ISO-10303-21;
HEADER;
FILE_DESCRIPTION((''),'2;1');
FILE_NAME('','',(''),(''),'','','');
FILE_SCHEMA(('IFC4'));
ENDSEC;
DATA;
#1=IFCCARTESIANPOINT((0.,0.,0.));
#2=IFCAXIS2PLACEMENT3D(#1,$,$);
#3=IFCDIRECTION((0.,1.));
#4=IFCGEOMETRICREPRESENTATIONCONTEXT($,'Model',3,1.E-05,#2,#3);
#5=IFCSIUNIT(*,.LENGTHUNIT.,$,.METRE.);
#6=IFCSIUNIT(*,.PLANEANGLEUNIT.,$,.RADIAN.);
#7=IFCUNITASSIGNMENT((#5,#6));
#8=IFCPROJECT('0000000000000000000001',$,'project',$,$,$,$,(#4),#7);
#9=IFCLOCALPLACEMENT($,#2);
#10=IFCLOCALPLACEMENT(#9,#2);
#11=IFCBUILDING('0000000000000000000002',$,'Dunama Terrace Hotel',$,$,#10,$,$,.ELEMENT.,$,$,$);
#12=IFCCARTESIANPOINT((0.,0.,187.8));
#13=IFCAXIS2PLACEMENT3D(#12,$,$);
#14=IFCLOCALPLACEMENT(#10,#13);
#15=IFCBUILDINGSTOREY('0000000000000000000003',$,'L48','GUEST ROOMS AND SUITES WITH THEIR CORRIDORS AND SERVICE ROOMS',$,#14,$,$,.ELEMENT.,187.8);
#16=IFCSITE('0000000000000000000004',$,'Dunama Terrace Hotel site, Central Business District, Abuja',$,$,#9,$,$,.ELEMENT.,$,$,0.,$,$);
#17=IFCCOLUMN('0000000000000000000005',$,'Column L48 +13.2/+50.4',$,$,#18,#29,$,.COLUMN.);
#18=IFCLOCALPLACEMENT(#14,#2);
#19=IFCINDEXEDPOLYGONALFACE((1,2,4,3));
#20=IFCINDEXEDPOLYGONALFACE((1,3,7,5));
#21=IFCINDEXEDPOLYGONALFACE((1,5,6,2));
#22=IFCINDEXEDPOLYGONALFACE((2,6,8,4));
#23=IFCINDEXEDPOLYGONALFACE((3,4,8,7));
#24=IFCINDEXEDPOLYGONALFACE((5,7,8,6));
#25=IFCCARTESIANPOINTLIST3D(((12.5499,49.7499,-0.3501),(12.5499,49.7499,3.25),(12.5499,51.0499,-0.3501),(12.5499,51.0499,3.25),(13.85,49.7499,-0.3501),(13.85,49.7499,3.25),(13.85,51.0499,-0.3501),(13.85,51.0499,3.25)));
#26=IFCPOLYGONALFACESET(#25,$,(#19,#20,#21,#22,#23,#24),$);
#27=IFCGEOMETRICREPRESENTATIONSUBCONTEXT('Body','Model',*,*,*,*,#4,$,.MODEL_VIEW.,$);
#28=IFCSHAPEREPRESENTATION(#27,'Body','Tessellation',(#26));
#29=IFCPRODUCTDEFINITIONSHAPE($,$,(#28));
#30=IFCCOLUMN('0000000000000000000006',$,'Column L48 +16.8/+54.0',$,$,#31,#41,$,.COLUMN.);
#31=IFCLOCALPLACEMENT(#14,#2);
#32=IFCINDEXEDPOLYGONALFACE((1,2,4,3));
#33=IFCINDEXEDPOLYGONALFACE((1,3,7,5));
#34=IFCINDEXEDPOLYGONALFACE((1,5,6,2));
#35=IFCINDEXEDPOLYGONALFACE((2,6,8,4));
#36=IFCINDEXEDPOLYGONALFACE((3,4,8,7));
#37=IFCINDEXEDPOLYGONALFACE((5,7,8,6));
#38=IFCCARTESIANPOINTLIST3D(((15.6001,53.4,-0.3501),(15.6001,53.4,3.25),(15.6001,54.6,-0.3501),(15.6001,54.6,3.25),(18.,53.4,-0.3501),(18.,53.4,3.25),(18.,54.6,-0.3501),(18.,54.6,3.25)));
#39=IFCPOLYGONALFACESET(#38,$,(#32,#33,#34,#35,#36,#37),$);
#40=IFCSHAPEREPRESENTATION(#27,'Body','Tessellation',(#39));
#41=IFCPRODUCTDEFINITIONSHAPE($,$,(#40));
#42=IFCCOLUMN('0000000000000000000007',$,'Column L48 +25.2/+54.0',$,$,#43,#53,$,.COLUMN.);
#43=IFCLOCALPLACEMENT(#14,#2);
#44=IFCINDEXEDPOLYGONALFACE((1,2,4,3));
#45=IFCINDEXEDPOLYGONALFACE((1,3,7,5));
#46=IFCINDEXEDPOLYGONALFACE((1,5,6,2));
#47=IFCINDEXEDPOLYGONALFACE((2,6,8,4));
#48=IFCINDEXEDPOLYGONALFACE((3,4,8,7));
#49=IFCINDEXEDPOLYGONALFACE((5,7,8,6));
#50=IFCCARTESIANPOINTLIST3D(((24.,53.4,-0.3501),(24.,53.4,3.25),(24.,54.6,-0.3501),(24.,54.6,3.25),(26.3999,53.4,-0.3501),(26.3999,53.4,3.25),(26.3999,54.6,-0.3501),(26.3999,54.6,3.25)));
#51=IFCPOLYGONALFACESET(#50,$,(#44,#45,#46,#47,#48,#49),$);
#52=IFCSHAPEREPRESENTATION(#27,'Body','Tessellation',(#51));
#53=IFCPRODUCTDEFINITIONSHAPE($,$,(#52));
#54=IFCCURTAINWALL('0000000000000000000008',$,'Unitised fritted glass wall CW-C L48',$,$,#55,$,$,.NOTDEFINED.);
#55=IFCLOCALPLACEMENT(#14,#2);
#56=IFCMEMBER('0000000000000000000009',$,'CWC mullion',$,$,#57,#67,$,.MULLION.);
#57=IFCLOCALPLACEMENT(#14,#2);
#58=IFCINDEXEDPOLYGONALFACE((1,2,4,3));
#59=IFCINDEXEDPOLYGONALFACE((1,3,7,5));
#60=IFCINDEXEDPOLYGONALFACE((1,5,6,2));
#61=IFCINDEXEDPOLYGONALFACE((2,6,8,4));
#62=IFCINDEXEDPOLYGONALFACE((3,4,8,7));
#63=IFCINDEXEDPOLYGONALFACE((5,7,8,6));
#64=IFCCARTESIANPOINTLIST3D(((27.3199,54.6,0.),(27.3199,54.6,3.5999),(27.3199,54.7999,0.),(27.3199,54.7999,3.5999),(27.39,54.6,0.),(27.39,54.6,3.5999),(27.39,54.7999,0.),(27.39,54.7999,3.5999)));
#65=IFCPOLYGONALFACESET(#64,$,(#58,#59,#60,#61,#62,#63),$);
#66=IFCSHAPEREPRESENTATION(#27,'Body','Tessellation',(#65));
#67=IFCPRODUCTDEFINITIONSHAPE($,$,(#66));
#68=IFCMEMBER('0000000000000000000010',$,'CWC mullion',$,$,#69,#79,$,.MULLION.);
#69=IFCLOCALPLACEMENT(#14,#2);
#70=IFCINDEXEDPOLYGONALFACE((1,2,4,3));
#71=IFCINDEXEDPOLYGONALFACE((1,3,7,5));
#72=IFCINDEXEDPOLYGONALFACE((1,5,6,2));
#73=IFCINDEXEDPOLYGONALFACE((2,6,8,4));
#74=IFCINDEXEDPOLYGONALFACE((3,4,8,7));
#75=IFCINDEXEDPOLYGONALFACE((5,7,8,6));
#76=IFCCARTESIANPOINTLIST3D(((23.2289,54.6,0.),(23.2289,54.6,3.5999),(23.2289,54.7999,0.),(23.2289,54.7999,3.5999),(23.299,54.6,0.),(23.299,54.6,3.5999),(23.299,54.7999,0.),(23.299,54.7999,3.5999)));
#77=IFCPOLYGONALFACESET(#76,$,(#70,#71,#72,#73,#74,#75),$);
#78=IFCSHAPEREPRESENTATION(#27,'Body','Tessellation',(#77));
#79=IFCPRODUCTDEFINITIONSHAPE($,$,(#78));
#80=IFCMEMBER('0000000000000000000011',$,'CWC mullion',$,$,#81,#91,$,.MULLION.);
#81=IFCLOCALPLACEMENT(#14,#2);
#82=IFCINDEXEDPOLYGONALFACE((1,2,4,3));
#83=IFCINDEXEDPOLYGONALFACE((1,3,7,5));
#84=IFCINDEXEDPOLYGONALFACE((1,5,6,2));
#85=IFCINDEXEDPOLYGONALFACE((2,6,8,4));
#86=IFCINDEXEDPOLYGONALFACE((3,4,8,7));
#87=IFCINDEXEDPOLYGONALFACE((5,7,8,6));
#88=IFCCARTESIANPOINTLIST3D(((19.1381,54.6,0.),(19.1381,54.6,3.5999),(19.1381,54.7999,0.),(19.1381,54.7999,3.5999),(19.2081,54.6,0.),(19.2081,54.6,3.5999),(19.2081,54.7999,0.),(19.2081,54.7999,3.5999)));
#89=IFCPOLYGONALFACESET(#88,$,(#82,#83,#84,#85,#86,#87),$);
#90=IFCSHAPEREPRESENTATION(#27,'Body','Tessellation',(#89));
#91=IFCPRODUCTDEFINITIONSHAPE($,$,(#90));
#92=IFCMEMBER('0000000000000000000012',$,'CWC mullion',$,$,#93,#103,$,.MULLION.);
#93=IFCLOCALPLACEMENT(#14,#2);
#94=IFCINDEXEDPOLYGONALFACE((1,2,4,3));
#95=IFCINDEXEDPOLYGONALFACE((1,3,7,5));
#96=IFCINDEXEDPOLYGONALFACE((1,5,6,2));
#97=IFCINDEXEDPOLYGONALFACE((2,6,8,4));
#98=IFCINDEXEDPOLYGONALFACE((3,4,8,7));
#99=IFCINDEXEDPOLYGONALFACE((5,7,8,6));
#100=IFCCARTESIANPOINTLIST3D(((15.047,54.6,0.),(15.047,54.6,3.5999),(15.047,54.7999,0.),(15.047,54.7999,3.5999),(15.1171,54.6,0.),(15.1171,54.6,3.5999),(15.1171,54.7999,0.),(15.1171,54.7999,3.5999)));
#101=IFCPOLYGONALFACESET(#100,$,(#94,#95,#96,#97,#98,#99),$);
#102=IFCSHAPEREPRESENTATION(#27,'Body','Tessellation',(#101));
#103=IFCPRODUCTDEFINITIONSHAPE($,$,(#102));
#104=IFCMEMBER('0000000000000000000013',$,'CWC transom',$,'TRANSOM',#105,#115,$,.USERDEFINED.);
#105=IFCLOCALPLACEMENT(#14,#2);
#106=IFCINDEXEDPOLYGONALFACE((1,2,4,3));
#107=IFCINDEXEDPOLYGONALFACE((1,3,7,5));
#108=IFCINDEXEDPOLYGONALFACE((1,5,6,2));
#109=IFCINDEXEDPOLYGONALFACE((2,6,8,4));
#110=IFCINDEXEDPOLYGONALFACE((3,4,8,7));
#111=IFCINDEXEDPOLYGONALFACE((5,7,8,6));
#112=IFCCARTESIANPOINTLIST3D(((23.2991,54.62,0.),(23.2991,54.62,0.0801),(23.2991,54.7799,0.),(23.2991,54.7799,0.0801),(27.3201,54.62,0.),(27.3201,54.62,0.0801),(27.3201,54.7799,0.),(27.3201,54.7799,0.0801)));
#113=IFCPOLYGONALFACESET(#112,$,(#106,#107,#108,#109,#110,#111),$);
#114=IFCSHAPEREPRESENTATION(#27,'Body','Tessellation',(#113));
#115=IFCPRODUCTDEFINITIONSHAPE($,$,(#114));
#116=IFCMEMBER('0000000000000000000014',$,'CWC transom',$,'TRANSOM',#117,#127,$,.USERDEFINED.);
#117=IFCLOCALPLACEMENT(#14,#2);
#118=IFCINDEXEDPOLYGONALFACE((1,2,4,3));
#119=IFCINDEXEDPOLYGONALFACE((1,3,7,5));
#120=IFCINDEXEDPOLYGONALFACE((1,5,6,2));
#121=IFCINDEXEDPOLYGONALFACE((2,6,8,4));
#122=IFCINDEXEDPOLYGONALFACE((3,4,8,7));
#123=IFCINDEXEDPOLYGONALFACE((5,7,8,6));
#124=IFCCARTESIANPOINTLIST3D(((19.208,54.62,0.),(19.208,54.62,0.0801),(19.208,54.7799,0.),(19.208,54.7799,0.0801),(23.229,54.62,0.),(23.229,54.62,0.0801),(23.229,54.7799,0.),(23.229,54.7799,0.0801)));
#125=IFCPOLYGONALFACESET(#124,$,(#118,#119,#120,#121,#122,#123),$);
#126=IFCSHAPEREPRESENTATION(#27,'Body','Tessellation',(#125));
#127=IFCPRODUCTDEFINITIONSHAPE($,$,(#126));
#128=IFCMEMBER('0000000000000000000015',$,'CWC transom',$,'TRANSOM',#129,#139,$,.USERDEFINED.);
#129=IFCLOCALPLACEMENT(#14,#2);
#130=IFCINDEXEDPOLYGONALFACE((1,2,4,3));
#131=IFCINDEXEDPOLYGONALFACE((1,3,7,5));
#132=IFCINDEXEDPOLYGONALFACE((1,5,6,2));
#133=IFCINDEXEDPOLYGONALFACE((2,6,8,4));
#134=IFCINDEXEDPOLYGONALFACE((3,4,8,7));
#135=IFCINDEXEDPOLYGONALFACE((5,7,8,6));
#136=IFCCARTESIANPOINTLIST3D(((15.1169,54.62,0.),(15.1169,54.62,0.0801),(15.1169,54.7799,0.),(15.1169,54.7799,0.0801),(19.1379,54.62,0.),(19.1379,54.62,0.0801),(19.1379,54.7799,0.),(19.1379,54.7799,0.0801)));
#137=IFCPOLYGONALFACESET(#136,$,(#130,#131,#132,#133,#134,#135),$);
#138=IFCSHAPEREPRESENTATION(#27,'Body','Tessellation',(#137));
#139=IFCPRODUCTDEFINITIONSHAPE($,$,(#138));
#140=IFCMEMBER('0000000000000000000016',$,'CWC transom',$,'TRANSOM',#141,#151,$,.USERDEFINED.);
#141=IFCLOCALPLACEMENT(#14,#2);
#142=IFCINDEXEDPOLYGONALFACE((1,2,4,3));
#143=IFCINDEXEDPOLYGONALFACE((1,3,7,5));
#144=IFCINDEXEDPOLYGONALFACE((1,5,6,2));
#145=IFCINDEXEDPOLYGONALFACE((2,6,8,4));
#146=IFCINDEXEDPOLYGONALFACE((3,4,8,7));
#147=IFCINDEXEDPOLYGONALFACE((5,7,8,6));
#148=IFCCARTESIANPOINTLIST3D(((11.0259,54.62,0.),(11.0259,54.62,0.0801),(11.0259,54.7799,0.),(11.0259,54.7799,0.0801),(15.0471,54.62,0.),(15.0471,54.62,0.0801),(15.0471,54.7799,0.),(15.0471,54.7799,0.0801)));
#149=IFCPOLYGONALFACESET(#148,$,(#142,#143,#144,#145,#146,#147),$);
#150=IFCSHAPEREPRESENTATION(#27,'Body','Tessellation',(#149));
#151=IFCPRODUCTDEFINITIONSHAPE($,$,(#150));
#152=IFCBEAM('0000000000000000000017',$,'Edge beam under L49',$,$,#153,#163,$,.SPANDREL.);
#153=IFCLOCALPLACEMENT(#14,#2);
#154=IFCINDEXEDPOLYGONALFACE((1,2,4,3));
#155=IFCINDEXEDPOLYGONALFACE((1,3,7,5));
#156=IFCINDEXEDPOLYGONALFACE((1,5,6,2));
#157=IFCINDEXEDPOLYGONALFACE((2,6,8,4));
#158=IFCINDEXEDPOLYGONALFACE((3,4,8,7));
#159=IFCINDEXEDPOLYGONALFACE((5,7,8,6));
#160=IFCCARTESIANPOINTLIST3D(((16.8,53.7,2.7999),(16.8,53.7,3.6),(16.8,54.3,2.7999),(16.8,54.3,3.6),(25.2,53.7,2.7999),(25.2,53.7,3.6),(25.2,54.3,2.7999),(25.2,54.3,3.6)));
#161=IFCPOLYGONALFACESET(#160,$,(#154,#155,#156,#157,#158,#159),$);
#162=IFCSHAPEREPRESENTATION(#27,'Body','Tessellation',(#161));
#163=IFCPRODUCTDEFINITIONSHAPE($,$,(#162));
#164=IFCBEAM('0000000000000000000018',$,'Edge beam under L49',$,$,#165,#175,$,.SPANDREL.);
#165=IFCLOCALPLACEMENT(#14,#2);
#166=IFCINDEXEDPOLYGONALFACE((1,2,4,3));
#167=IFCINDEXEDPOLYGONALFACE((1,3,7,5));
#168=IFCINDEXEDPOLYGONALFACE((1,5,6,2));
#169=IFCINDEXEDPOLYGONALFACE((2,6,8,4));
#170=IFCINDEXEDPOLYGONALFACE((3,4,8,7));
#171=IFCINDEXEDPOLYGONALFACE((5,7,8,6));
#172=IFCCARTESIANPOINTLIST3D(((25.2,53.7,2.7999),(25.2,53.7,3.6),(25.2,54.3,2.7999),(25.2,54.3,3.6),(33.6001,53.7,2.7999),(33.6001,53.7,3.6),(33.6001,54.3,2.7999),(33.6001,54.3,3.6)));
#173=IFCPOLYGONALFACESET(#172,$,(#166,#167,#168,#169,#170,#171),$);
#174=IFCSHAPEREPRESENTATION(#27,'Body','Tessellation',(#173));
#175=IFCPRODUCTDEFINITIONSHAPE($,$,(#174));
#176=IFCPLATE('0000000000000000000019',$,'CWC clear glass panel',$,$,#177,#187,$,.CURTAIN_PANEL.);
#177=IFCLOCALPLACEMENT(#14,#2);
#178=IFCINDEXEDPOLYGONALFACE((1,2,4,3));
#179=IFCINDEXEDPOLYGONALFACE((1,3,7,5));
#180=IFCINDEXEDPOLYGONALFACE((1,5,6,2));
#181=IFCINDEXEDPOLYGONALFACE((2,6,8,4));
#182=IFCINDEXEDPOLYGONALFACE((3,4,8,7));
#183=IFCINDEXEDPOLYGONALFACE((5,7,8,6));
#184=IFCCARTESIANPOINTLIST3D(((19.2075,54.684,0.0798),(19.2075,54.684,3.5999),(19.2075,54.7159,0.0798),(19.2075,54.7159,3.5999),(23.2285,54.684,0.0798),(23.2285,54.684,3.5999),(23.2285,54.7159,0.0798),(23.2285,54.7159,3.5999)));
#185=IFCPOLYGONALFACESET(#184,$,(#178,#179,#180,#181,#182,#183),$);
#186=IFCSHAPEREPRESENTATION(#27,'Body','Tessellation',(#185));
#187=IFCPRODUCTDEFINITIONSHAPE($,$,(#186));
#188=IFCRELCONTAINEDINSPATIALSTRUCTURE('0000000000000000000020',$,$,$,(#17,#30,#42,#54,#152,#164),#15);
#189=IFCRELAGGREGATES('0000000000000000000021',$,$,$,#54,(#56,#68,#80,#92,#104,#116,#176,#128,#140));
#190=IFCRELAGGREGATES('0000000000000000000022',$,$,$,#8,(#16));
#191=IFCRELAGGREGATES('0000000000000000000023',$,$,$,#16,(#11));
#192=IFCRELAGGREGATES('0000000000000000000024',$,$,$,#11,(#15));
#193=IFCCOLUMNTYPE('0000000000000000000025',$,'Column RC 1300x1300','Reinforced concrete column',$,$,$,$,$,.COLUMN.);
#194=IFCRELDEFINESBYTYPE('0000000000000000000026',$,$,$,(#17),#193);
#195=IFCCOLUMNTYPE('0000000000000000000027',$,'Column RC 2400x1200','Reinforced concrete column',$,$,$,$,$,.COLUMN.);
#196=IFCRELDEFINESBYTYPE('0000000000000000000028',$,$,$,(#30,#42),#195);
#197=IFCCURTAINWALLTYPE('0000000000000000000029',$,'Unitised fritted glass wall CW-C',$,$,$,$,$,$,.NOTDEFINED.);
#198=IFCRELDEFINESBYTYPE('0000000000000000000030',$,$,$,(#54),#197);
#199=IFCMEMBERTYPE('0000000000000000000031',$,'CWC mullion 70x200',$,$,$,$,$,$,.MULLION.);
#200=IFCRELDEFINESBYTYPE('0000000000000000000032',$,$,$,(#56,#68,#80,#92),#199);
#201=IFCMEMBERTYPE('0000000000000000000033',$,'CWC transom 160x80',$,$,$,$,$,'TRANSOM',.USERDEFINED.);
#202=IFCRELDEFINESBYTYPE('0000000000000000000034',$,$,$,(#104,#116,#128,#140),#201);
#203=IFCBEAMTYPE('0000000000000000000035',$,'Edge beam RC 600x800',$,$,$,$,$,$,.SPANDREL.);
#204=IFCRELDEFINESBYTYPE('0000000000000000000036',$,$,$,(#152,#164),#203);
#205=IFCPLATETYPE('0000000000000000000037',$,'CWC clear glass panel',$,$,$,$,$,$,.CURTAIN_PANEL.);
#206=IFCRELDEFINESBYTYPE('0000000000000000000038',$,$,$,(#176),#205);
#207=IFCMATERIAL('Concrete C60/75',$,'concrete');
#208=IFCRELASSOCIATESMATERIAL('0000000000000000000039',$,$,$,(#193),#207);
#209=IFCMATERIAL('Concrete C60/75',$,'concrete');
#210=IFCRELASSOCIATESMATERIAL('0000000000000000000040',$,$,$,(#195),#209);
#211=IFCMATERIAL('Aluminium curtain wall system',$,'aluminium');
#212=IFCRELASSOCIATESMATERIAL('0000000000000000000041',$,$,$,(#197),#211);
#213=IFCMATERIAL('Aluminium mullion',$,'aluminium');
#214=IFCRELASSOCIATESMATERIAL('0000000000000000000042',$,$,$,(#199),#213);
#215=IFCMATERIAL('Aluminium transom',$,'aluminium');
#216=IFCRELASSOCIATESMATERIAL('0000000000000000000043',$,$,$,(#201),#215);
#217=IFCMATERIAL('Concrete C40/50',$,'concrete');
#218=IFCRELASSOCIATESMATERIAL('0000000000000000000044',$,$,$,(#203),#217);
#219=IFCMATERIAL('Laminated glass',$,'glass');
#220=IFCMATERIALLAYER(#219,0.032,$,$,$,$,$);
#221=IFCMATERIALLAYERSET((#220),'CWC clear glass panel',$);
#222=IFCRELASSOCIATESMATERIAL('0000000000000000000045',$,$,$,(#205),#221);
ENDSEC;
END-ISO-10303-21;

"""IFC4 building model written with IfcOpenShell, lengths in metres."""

from ifc_helpers import new_model, si_unit, direction, frame, origin, origin_2d, place, context, subcontext, project, spatial, rectangle, extrude, material, layer, layer_set, material_profile, profile_set, type_object, element, aggregate, save


model = new_model("IFC4")

# Units and contexts
model_context = context("Model", 3, precision=1e-05, world=origin(), true_north=direction((0.0, 1.0)))
body_context = subcontext(model_context, "Body", "Model", "MODEL_VIEW")
ifc_project = project(units=[si_unit("LENGTHUNIT", "METRE"), si_unit("PLANEANGLEUNIT", "RADIAN")], contexts=[model_context])

# Site, building, storey
site_placement = place(None, origin())
site = spatial("IfcSite", under=ifc_project, at=site_placement, Name="Dunama Terrace Hotel site, Central Business District, Abuja", CompositionType="ELEMENT", RefElevation=0.0)
building_placement = place(site_placement, origin())
building = spatial("IfcBuilding", under=site, at=building_placement, Name="Dunama Terrace Hotel", CompositionType="ELEMENT")
storey_placement = place(building_placement, frame((0.0, 0.0, 187.8)))
storey = spatial("IfcBuildingStorey", under=building, at=storey_placement, Name="L48", Description="GUEST ROOMS AND SUITES WITH THEIR CORRIDORS AND SERVICE ROOMS", CompositionType="ELEMENT", Elevation=187.8)

# Columns
ifc_material_1 = material(Name="Concrete C60/75", Category="concrete")
ifc_material_profile_1 = material_profile(ifc_material_1, rectangle(XDim=1.3, YDim=1.3, at=origin_2d()), Name="RC 1300x1300")
ifc_profile_set_1 = profile_set([ifc_material_profile_1], Name="Concrete C60/75")
column_type_1 = type_object("IfcColumnType", Name="Column RC 1300x1300", Description="Reinforced concrete column", PredefinedType="COLUMN", material=ifc_profile_set_1)
column_placement = place(storey_placement, frame((13.2, 50.3999, -0.3501), z_axis=(0.0, 0.0, 1.0), x_axis=(1.0, 0.0, 0.0)))
element("IfcColumn", 1, at=column_placement, inside=storey, type_object=column_type_1, Name="Column L48 +13.2/+50.4", PredefinedType="COLUMN", context=body_context, shape_type="SweptSolid", body=[
    extrude(rectangle(XDim=1.3, YDim=1.3, at=origin_2d()), origin(), (0.0, 0.0, 1.0), 3.6001),
])
ifc_material_2 = material(Name="Concrete C60/75", Category="concrete")
ifc_material_profile_2 = material_profile(ifc_material_2, rectangle(XDim=2.3999, YDim=1.2, at=origin_2d()), Name="RC 2400x1200")
ifc_profile_set_2 = profile_set([ifc_material_profile_2], Name="Concrete C60/75")
column_type_2 = type_object("IfcColumnType", Name="Column RC 2400x1200", Description="Reinforced concrete column", PredefinedType="COLUMN", material=ifc_profile_set_2)
for number, where, z_axis, x_axis, name in (
    (2, (16.8, 54.0, -0.3501), (0.0, 0.0, 1.0), (1.0, 0.0, 0.0), "Column L48 +16.8/+54.0"),
    (3, (25.2, 54.0, -0.3501), (0.0, 0.0, 1.0), (1.0, 0.0, 0.0), "Column L48 +25.2/+54.0"),
):
    element("IfcColumn", number, at=place(storey_placement, frame(where, z_axis=z_axis, x_axis=x_axis)), inside=storey, type_object=column_type_2, Name=name, PredefinedType="COLUMN", context=body_context, shape_type="SweptSolid", body=[
        extrude(rectangle(XDim=2.3999, YDim=1.2, at=origin_2d()), origin(), (0.0, 0.0, 1.0), 3.6001),
    ])

# Curtain wall, members
ifc_material_3 = material(Name="Aluminium curtain wall system", Category="aluminium")
curtain_wall_type = type_object("IfcCurtainWallType", Name="Unitised fritted glass wall CW-C", PredefinedType="NOTDEFINED", material=ifc_material_3)
curtain_wall_placement = place(storey_placement, origin())
curtain_wall = element("IfcCurtainWall", 4, at=curtain_wall_placement, inside=storey, type_object=curtain_wall_type, Name="Unitised fritted glass wall CW-C L48", PredefinedType="NOTDEFINED")
ifc_material_4 = material(Name="Aluminium mullion", Category="aluminium")
ifc_material_profile_3 = material_profile(ifc_material_4, rectangle(XDim=0.0701, YDim=0.2, at=origin_2d()), Name="CWC MULLION 70X200")
ifc_profile_set_3 = profile_set([ifc_material_profile_3], Name="Aluminium mullion")
member_type_1 = type_object("IfcMemberType", Name="CWC mullion 70x200", PredefinedType="MULLION", material=ifc_profile_set_3)
member_1_placement = place(storey_placement, frame((27.355, 54.7, 0.0), z_axis=(0.0, 0.0, 1.0), x_axis=(-1.0, 0.0, 0.0)))
member_1 = element("IfcMember", 5, at=member_1_placement, type_object=member_type_1, Name="CWC mullion", PredefinedType="MULLION", context=body_context, shape_type="SweptSolid", body=[
    extrude(rectangle(XDim=0.0701, YDim=0.2, at=origin_2d()), origin(), (0.0, 0.0, 1.0), 3.5999),
])
member_2_placement = place(storey_placement, frame((23.2639, 54.7, 0.0), z_axis=(0.0, 0.0, 1.0), x_axis=(-1.0, 0.0, 0.0)))
member_2 = element("IfcMember", 6, at=member_2_placement, type_object=member_type_1, Name="CWC mullion", PredefinedType="MULLION", context=body_context, shape_type="SweptSolid", body=[
    extrude(rectangle(XDim=0.0701, YDim=0.2, at=origin_2d()), origin(), (0.0, 0.0, 1.0), 3.5999),
])
member_3_placement = place(storey_placement, frame((19.1731, 54.7, 0.0), z_axis=(0.0, 0.0, 1.0), x_axis=(-1.0, 0.0, 0.0)))
member_3 = element("IfcMember", 7, at=member_3_placement, type_object=member_type_1, Name="CWC mullion", PredefinedType="MULLION", context=body_context, shape_type="SweptSolid", body=[
    extrude(rectangle(XDim=0.0701, YDim=0.2, at=origin_2d()), origin(), (0.0, 0.0, 1.0), 3.5999),
])
member_4_placement = place(storey_placement, frame((15.082, 54.7, 0.0), z_axis=(0.0, 0.0, 1.0), x_axis=(-1.0, 0.0, 0.0)))
member_4 = element("IfcMember", 8, at=member_4_placement, type_object=member_type_1, Name="CWC mullion", PredefinedType="MULLION", context=body_context, shape_type="SweptSolid", body=[
    extrude(rectangle(XDim=0.0701, YDim=0.2, at=origin_2d()), origin(), (0.0, 0.0, 1.0), 3.5999),
])
ifc_material_5 = material(Name="Aluminium transom", Category="aluminium")
ifc_material_profile_4 = material_profile(ifc_material_5, rectangle(XDim=0.1599, YDim=0.0801, at=origin_2d()), Name="CWC TRANSOM 160X80")
ifc_profile_set_4 = profile_set([ifc_material_profile_4], Name="Aluminium transom")
member_type_2 = type_object("IfcMemberType", Name="CWC transom 160x80", ElementType="TRANSOM", PredefinedType="USERDEFINED", material=ifc_profile_set_4)
member_5_placement = place(storey_placement, frame((27.3201, 54.7, 0.04), z_axis=(-1.0, 0.0, 0.0), x_axis=(0.0, -1.0, 0.0)))
member_5 = element("IfcMember", 9, at=member_5_placement, type_object=member_type_2, Name="CWC transom", ObjectType="TRANSOM", PredefinedType="USERDEFINED", context=body_context, shape_type="SweptSolid", body=[
    extrude(rectangle(XDim=0.1599, YDim=0.0801, at=origin_2d()), origin(), (0.0, 0.0, 1.0), 4.021),
])
member_6_placement = place(storey_placement, frame((23.229, 54.7, 0.04), z_axis=(-1.0, 0.0, 0.0), x_axis=(0.0, -1.0, 0.0)))
member_6 = element("IfcMember", 10, at=member_6_placement, type_object=member_type_2, Name="CWC transom", ObjectType="TRANSOM", PredefinedType="USERDEFINED", context=body_context, shape_type="SweptSolid", body=[
    extrude(rectangle(XDim=0.1599, YDim=0.0801, at=origin_2d()), origin(), (0.0, 0.0, 1.0), 4.021),
])
member_7_placement = place(storey_placement, frame((19.1379, 54.7, 0.04), z_axis=(-1.0, 0.0, 0.0), x_axis=(0.0, -1.0, 0.0)))
member_7 = element("IfcMember", 11, at=member_7_placement, type_object=member_type_2, Name="CWC transom", ObjectType="TRANSOM", PredefinedType="USERDEFINED", context=body_context, shape_type="SweptSolid", body=[
    extrude(rectangle(XDim=0.1599, YDim=0.0801, at=origin_2d()), origin(), (0.0, 0.0, 1.0), 4.021),
])
member_8_placement = place(storey_placement, frame((15.0471, 54.7, 0.04), z_axis=(-1.0, 0.0, 0.0), x_axis=(0.0, -1.0, 0.0)))
member_8 = element("IfcMember", 12, at=member_8_placement, type_object=member_type_2, Name="CWC transom", ObjectType="TRANSOM", PredefinedType="USERDEFINED", context=body_context, shape_type="SweptSolid", body=[
    extrude(rectangle(XDim=0.1599, YDim=0.0801, at=origin_2d()), origin(), (0.0, 0.0, 1.0), 4.0212),
])

# Beams
ifc_material_6 = material(Name="Concrete C40/50", Category="concrete")
ifc_material_profile_5 = material_profile(ifc_material_6, rectangle(XDim=0.6001, YDim=0.8, at=origin_2d()), Name="RC 600x800")
ifc_profile_set_5 = profile_set([ifc_material_profile_5], Name="Concrete C40/50")
beam_type = type_object("IfcBeamType", Name="Edge beam RC 600x800", PredefinedType="SPANDREL", material=ifc_profile_set_5)
beam_1_placement = place(storey_placement, frame((16.8, 54.0, 3.2), z_axis=(1.0, 0.0, 0.0), x_axis=(0.0, 1.0, 0.0)))
element("IfcBeam", 13, at=beam_1_placement, inside=storey, type_object=beam_type, Name="Edge beam under L49", PredefinedType="SPANDREL", context=body_context, shape_type="SweptSolid", body=[
    extrude(rectangle(XDim=0.6001, YDim=0.8, at=origin_2d()), origin(), (0.0, 0.0, 1.0), 8.3999),
])
beam_2_placement = place(storey_placement, frame((25.2, 54.0, 3.2), z_axis=(1.0, 0.0, 0.0), x_axis=(0.0, 1.0, 0.0)))
element("IfcBeam", 14, at=beam_2_placement, inside=storey, type_object=beam_type, Name="Edge beam under L49", PredefinedType="SPANDREL", context=body_context, shape_type="SweptSolid", body=[
    extrude(rectangle(XDim=0.6001, YDim=0.8, at=origin_2d()), origin(), (0.0, 0.0, 1.0), 8.4001),
])

# Plate
ifc_material_7 = material(Name="Laminated glass", Category="glass")
ifc_layer_1 = layer(ifc_material_7, 0.032)
ifc_layer_set_1 = layer_set([ifc_layer_1], Name="CWC clear glass panel")
plate_type_1 = type_object("IfcPlateType", Name="CWC clear glass panel", PredefinedType="CURTAIN_PANEL", material=ifc_layer_set_1)
plate_1_placement = place(storey_placement, frame((21.218, 54.7, 0.0798), z_axis=(0.0, 0.0, 1.0), x_axis=(-1.0, 0.0, 0.0)))
plate_1 = element("IfcPlate", 15, at=plate_1_placement, type_object=plate_type_1, Name="CWC clear glass panel", PredefinedType="CURTAIN_PANEL", context=body_context, shape_type="SweptSolid", body=[
    extrude(rectangle(XDim=4.021, YDim=0.032, at=origin_2d()), origin(), (0.0, 0.0, 1.0), 3.52),
])
aggregate(curtain_wall, [member_1, member_2, member_3, member_4, member_5, member_6, plate_1, member_7, member_8])

save(model, "model.ifc")
